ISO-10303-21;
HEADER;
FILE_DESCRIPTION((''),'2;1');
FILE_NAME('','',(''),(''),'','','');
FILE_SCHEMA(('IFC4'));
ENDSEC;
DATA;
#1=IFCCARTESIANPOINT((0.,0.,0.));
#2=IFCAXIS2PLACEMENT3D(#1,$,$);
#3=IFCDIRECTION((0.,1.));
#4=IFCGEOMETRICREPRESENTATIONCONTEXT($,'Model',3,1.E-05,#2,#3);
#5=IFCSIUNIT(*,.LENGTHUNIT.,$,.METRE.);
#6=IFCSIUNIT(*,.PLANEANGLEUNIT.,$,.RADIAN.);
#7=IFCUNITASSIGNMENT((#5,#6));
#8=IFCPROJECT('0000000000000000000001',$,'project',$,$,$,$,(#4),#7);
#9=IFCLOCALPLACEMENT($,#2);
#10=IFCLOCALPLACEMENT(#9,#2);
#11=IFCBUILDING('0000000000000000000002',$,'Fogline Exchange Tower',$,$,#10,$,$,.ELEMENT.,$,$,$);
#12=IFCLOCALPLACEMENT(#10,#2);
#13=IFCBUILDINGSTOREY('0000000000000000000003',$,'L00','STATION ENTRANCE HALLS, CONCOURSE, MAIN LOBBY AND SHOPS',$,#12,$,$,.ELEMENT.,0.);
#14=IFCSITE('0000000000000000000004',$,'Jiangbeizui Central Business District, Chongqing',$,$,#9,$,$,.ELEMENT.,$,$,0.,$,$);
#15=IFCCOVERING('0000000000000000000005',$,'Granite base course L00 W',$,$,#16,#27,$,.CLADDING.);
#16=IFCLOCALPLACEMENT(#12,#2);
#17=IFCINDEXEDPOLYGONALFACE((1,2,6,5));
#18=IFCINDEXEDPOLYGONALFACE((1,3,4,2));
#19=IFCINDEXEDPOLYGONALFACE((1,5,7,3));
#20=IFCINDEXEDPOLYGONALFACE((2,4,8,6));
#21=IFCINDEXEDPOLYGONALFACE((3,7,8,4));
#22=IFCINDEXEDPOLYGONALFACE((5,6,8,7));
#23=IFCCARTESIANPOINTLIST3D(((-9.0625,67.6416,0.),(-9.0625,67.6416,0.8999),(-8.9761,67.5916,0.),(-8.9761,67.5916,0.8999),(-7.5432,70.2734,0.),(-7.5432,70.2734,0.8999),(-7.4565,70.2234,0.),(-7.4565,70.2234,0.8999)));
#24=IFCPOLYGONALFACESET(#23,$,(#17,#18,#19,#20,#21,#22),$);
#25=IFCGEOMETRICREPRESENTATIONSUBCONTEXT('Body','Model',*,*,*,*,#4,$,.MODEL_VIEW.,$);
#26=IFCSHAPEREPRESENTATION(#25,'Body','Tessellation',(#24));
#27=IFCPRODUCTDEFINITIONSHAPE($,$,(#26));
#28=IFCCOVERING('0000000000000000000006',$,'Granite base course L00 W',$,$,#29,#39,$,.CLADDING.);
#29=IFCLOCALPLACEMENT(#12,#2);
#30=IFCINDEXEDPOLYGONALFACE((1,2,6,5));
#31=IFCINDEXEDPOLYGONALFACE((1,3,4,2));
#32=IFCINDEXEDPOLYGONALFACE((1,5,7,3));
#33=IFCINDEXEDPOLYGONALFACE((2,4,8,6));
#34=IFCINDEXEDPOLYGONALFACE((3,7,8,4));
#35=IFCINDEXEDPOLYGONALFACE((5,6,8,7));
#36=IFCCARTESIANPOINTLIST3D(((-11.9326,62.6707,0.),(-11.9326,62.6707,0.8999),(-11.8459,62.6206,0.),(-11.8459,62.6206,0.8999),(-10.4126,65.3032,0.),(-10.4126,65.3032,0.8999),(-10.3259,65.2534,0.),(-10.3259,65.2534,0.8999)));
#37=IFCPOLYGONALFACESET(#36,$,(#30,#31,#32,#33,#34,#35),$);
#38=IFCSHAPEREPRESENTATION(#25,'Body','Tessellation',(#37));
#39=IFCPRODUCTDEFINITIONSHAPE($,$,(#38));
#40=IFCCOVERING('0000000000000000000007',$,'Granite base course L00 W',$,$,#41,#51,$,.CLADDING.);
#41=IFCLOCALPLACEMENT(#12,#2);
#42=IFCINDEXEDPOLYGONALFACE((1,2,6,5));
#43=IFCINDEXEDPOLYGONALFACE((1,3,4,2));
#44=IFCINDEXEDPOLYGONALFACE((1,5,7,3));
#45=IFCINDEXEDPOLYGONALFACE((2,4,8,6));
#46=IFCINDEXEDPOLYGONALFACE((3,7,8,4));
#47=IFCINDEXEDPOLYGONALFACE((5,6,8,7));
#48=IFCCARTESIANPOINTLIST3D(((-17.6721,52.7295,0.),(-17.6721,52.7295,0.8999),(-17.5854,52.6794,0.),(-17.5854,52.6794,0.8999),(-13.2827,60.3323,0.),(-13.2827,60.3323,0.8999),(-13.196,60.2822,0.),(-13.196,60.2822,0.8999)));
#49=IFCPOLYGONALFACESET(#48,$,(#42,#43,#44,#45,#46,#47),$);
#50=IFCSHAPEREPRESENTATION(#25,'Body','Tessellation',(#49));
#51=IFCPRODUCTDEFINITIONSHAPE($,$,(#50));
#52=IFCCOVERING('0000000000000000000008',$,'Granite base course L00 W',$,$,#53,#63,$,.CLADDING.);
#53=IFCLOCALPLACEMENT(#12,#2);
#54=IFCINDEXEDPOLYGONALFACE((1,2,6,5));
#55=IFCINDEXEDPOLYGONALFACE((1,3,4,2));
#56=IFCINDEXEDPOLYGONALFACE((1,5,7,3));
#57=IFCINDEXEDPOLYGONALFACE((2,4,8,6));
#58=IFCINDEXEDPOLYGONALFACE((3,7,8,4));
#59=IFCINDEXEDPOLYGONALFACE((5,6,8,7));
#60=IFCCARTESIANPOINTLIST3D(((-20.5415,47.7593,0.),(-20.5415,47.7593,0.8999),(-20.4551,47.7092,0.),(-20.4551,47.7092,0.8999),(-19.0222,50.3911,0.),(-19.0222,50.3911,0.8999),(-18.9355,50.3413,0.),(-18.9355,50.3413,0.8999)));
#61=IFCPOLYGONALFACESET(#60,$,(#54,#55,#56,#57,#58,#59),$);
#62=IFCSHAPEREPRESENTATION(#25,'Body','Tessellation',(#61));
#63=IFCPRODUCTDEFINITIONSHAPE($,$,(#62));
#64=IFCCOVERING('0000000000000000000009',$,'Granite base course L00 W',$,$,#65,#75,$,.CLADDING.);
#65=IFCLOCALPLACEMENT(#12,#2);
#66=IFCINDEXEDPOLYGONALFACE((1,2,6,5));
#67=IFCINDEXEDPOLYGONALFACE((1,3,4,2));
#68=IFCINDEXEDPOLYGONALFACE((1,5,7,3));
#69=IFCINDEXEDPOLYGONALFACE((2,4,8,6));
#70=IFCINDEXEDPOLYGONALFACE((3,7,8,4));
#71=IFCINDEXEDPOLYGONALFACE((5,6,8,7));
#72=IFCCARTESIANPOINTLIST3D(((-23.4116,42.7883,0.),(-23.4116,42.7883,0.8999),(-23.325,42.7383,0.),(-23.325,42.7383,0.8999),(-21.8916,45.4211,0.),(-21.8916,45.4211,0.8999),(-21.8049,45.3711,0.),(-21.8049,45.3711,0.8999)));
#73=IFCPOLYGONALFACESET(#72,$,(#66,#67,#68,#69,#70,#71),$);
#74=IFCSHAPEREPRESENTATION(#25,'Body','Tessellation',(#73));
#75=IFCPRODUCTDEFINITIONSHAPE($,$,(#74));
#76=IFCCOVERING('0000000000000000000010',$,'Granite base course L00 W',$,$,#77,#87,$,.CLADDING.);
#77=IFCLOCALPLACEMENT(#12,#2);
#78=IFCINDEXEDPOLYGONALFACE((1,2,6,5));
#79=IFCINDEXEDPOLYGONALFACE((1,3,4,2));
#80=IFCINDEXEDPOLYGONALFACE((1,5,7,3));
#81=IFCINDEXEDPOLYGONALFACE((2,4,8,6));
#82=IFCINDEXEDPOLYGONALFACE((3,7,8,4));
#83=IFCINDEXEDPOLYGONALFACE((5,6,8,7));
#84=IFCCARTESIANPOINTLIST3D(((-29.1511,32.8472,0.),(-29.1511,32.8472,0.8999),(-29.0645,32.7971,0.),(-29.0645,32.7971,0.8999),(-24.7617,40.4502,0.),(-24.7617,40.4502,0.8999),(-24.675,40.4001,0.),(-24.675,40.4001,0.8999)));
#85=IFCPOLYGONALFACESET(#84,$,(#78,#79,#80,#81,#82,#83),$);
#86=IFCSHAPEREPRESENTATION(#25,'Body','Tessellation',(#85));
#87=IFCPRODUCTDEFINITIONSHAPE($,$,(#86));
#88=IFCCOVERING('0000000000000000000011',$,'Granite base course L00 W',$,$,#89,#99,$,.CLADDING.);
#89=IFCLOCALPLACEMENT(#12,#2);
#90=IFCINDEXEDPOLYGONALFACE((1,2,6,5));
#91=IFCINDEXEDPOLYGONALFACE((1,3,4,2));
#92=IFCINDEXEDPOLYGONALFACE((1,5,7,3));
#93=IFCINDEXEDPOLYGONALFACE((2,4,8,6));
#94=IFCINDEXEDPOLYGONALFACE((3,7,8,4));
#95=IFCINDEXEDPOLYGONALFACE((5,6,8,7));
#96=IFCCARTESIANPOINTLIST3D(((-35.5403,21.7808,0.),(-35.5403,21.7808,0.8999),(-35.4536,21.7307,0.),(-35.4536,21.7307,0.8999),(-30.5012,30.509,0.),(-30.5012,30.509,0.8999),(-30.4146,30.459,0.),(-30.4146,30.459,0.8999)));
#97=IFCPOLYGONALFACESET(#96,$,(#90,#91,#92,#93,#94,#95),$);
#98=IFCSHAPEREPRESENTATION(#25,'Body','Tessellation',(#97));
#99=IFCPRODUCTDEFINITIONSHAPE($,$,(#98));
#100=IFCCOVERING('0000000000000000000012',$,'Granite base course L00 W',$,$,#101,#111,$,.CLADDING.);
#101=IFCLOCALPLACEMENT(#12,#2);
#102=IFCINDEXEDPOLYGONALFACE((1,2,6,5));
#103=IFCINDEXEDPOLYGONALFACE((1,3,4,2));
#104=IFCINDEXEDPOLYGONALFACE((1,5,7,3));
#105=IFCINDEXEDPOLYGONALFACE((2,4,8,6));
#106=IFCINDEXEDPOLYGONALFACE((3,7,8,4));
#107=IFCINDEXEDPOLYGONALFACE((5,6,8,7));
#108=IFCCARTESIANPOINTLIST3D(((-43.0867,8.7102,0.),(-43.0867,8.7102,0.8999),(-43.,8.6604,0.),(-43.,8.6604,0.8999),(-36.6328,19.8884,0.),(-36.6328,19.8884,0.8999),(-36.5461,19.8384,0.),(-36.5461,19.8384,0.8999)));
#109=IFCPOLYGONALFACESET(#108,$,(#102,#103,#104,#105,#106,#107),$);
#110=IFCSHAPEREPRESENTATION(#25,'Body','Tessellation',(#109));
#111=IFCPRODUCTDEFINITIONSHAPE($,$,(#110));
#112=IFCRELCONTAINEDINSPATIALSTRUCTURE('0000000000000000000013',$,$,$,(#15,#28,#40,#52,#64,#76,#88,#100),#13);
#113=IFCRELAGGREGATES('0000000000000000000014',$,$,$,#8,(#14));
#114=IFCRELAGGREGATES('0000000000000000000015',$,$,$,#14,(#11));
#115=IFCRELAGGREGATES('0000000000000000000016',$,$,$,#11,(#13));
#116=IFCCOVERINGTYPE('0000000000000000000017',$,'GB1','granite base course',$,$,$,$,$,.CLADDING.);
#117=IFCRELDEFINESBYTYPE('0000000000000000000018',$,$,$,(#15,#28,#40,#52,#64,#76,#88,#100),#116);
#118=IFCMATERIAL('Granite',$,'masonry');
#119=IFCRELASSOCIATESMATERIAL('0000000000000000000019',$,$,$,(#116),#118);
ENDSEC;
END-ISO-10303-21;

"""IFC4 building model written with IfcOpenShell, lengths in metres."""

from ifc_helpers import new_model, si_unit, direction, origin, place, context, subcontext, project, spatial, polyline, outline, extrude, material, type_object, element, save


model = new_model("IFC4")

# Units and contexts
model_context = context("Model", 3, precision=1e-05, world=origin(), true_north=direction((0.0, 1.0)))
body_context = subcontext(model_context, "Body", "Model", "MODEL_VIEW")
ifc_project = project(units=[si_unit("LENGTHUNIT", "METRE"), si_unit("PLANEANGLEUNIT", "RADIAN")], contexts=[model_context])

# Site, building, storey
site_placement = place(None, origin())
site = spatial("IfcSite", under=ifc_project, at=site_placement, Name="Jiangbeizui Central Business District, Chongqing", CompositionType="ELEMENT", RefElevation=0.0)
building_placement = place(site_placement, origin())
building = spatial("IfcBuilding", under=site, at=building_placement, Name="Fogline Exchange Tower", CompositionType="ELEMENT")
storey_placement = place(building_placement, origin())
storey = spatial("IfcBuildingStorey", under=building, at=storey_placement, Name="L00", Description="STATION ENTRANCE HALLS, CONCOURSE, MAIN LOBBY AND SHOPS", CompositionType="ELEMENT", Elevation=0.0)

# Coverings
ifc_material_1 = material(Name="Granite", Category="masonry")
covering_type = type_object("IfcCoveringType", Name="GB1", Description="granite base course", PredefinedType="CLADDING", material=ifc_material_1)
covering_1_placement = place(storey_placement, origin())
element("IfcCovering", 1, at=covering_1_placement, inside=storey, type_object=covering_type, Name="Granite base course L00 W", PredefinedType="CLADDING", context=body_context, shape_type="SweptSolid", body=[
    extrude(outline(polyline([(-7.4565, 70.2234), (-7.5432, 70.2734), (-9.0625, 67.6416), (-8.9761, 67.5916), (-7.4565, 70.2234)])), origin(), (0.0, 0.0, 1.0), 0.8999),
])
covering_2_placement = place(storey_placement, origin())
element("IfcCovering", 2, at=covering_2_placement, inside=storey, type_object=covering_type, Name="Granite base course L00 W", PredefinedType="CLADDING", context=body_context, shape_type="SweptSolid", body=[
    extrude(outline(polyline([(-10.3259, 65.2534), (-10.4126, 65.3032), (-11.9326, 62.6707), (-11.8459, 62.6206), (-10.3259, 65.2534)])), origin(), (0.0, 0.0, 1.0), 0.8999),
])
covering_3_placement = place(storey_placement, origin())
element("IfcCovering", 3, at=covering_3_placement, inside=storey, type_object=covering_type, Name="Granite base course L00 W", PredefinedType="CLADDING", context=body_context, shape_type="SweptSolid", body=[
    extrude(outline(polyline([(-13.196, 60.2822), (-13.2827, 60.3323), (-17.6721, 52.7295), (-17.5854, 52.6794), (-13.196, 60.2822)])), origin(), (0.0, 0.0, 1.0), 0.8999),
])
covering_4_placement = place(storey_placement, origin())
element("IfcCovering", 4, at=covering_4_placement, inside=storey, type_object=covering_type, Name="Granite base course L00 W", PredefinedType="CLADDING", context=body_context, shape_type="SweptSolid", body=[
    extrude(outline(polyline([(-18.9355, 50.3413), (-19.0222, 50.3911), (-20.5415, 47.7593), (-20.4551, 47.7092), (-18.9355, 50.3413)])), origin(), (0.0, 0.0, 1.0), 0.8999),
])
covering_5_placement = place(storey_placement, origin())
element("IfcCovering", 5, at=covering_5_placement, inside=storey, type_object=covering_type, Name="Granite base course L00 W", PredefinedType="CLADDING", context=body_context, shape_type="SweptSolid", body=[
    extrude(outline(polyline([(-21.8049, 45.3711), (-21.8916, 45.4211), (-23.4116, 42.7883), (-23.325, 42.7383), (-21.8049, 45.3711)])), origin(), (0.0, 0.0, 1.0), 0.8999),
])
covering_6_placement = place(storey_placement, origin())
element("IfcCovering", 6, at=covering_6_placement, inside=storey, type_object=covering_type, Name="Granite base course L00 W", PredefinedType="CLADDING", context=body_context, shape_type="SweptSolid", body=[
    extrude(outline(polyline([(-24.675, 40.4001), (-24.7617, 40.4502), (-29.1511, 32.8472), (-29.0645, 32.7971), (-24.675, 40.4001)])), origin(), (0.0, 0.0, 1.0), 0.8999),
])
covering_7_placement = place(storey_placement, origin())
element("IfcCovering", 7, at=covering_7_placement, inside=storey, type_object=covering_type, Name="Granite base course L00 W", PredefinedType="CLADDING", context=body_context, shape_type="SweptSolid", body=[
    extrude(outline(polyline([(-30.4146, 30.459), (-30.5012, 30.509), (-35.5403, 21.7808), (-35.4536, 21.7307), (-30.4146, 30.459)])), origin(), (0.0, 0.0, 1.0), 0.8999),
])
covering_8_placement = place(storey_placement, origin())
element("IfcCovering", 8, at=covering_8_placement, inside=storey, type_object=covering_type, Name="Granite base course L00 W", PredefinedType="CLADDING", context=body_context, shape_type="SweptSolid", body=[
    extrude(outline(polyline([(-36.5461, 19.8384), (-36.6328, 19.8884), (-43.0867, 8.7102), (-43.0, 8.6604), (-36.5461, 19.8384)])), origin(), (0.0, 0.0, 1.0), 0.8999),
])

save(model, "model.ifc")
